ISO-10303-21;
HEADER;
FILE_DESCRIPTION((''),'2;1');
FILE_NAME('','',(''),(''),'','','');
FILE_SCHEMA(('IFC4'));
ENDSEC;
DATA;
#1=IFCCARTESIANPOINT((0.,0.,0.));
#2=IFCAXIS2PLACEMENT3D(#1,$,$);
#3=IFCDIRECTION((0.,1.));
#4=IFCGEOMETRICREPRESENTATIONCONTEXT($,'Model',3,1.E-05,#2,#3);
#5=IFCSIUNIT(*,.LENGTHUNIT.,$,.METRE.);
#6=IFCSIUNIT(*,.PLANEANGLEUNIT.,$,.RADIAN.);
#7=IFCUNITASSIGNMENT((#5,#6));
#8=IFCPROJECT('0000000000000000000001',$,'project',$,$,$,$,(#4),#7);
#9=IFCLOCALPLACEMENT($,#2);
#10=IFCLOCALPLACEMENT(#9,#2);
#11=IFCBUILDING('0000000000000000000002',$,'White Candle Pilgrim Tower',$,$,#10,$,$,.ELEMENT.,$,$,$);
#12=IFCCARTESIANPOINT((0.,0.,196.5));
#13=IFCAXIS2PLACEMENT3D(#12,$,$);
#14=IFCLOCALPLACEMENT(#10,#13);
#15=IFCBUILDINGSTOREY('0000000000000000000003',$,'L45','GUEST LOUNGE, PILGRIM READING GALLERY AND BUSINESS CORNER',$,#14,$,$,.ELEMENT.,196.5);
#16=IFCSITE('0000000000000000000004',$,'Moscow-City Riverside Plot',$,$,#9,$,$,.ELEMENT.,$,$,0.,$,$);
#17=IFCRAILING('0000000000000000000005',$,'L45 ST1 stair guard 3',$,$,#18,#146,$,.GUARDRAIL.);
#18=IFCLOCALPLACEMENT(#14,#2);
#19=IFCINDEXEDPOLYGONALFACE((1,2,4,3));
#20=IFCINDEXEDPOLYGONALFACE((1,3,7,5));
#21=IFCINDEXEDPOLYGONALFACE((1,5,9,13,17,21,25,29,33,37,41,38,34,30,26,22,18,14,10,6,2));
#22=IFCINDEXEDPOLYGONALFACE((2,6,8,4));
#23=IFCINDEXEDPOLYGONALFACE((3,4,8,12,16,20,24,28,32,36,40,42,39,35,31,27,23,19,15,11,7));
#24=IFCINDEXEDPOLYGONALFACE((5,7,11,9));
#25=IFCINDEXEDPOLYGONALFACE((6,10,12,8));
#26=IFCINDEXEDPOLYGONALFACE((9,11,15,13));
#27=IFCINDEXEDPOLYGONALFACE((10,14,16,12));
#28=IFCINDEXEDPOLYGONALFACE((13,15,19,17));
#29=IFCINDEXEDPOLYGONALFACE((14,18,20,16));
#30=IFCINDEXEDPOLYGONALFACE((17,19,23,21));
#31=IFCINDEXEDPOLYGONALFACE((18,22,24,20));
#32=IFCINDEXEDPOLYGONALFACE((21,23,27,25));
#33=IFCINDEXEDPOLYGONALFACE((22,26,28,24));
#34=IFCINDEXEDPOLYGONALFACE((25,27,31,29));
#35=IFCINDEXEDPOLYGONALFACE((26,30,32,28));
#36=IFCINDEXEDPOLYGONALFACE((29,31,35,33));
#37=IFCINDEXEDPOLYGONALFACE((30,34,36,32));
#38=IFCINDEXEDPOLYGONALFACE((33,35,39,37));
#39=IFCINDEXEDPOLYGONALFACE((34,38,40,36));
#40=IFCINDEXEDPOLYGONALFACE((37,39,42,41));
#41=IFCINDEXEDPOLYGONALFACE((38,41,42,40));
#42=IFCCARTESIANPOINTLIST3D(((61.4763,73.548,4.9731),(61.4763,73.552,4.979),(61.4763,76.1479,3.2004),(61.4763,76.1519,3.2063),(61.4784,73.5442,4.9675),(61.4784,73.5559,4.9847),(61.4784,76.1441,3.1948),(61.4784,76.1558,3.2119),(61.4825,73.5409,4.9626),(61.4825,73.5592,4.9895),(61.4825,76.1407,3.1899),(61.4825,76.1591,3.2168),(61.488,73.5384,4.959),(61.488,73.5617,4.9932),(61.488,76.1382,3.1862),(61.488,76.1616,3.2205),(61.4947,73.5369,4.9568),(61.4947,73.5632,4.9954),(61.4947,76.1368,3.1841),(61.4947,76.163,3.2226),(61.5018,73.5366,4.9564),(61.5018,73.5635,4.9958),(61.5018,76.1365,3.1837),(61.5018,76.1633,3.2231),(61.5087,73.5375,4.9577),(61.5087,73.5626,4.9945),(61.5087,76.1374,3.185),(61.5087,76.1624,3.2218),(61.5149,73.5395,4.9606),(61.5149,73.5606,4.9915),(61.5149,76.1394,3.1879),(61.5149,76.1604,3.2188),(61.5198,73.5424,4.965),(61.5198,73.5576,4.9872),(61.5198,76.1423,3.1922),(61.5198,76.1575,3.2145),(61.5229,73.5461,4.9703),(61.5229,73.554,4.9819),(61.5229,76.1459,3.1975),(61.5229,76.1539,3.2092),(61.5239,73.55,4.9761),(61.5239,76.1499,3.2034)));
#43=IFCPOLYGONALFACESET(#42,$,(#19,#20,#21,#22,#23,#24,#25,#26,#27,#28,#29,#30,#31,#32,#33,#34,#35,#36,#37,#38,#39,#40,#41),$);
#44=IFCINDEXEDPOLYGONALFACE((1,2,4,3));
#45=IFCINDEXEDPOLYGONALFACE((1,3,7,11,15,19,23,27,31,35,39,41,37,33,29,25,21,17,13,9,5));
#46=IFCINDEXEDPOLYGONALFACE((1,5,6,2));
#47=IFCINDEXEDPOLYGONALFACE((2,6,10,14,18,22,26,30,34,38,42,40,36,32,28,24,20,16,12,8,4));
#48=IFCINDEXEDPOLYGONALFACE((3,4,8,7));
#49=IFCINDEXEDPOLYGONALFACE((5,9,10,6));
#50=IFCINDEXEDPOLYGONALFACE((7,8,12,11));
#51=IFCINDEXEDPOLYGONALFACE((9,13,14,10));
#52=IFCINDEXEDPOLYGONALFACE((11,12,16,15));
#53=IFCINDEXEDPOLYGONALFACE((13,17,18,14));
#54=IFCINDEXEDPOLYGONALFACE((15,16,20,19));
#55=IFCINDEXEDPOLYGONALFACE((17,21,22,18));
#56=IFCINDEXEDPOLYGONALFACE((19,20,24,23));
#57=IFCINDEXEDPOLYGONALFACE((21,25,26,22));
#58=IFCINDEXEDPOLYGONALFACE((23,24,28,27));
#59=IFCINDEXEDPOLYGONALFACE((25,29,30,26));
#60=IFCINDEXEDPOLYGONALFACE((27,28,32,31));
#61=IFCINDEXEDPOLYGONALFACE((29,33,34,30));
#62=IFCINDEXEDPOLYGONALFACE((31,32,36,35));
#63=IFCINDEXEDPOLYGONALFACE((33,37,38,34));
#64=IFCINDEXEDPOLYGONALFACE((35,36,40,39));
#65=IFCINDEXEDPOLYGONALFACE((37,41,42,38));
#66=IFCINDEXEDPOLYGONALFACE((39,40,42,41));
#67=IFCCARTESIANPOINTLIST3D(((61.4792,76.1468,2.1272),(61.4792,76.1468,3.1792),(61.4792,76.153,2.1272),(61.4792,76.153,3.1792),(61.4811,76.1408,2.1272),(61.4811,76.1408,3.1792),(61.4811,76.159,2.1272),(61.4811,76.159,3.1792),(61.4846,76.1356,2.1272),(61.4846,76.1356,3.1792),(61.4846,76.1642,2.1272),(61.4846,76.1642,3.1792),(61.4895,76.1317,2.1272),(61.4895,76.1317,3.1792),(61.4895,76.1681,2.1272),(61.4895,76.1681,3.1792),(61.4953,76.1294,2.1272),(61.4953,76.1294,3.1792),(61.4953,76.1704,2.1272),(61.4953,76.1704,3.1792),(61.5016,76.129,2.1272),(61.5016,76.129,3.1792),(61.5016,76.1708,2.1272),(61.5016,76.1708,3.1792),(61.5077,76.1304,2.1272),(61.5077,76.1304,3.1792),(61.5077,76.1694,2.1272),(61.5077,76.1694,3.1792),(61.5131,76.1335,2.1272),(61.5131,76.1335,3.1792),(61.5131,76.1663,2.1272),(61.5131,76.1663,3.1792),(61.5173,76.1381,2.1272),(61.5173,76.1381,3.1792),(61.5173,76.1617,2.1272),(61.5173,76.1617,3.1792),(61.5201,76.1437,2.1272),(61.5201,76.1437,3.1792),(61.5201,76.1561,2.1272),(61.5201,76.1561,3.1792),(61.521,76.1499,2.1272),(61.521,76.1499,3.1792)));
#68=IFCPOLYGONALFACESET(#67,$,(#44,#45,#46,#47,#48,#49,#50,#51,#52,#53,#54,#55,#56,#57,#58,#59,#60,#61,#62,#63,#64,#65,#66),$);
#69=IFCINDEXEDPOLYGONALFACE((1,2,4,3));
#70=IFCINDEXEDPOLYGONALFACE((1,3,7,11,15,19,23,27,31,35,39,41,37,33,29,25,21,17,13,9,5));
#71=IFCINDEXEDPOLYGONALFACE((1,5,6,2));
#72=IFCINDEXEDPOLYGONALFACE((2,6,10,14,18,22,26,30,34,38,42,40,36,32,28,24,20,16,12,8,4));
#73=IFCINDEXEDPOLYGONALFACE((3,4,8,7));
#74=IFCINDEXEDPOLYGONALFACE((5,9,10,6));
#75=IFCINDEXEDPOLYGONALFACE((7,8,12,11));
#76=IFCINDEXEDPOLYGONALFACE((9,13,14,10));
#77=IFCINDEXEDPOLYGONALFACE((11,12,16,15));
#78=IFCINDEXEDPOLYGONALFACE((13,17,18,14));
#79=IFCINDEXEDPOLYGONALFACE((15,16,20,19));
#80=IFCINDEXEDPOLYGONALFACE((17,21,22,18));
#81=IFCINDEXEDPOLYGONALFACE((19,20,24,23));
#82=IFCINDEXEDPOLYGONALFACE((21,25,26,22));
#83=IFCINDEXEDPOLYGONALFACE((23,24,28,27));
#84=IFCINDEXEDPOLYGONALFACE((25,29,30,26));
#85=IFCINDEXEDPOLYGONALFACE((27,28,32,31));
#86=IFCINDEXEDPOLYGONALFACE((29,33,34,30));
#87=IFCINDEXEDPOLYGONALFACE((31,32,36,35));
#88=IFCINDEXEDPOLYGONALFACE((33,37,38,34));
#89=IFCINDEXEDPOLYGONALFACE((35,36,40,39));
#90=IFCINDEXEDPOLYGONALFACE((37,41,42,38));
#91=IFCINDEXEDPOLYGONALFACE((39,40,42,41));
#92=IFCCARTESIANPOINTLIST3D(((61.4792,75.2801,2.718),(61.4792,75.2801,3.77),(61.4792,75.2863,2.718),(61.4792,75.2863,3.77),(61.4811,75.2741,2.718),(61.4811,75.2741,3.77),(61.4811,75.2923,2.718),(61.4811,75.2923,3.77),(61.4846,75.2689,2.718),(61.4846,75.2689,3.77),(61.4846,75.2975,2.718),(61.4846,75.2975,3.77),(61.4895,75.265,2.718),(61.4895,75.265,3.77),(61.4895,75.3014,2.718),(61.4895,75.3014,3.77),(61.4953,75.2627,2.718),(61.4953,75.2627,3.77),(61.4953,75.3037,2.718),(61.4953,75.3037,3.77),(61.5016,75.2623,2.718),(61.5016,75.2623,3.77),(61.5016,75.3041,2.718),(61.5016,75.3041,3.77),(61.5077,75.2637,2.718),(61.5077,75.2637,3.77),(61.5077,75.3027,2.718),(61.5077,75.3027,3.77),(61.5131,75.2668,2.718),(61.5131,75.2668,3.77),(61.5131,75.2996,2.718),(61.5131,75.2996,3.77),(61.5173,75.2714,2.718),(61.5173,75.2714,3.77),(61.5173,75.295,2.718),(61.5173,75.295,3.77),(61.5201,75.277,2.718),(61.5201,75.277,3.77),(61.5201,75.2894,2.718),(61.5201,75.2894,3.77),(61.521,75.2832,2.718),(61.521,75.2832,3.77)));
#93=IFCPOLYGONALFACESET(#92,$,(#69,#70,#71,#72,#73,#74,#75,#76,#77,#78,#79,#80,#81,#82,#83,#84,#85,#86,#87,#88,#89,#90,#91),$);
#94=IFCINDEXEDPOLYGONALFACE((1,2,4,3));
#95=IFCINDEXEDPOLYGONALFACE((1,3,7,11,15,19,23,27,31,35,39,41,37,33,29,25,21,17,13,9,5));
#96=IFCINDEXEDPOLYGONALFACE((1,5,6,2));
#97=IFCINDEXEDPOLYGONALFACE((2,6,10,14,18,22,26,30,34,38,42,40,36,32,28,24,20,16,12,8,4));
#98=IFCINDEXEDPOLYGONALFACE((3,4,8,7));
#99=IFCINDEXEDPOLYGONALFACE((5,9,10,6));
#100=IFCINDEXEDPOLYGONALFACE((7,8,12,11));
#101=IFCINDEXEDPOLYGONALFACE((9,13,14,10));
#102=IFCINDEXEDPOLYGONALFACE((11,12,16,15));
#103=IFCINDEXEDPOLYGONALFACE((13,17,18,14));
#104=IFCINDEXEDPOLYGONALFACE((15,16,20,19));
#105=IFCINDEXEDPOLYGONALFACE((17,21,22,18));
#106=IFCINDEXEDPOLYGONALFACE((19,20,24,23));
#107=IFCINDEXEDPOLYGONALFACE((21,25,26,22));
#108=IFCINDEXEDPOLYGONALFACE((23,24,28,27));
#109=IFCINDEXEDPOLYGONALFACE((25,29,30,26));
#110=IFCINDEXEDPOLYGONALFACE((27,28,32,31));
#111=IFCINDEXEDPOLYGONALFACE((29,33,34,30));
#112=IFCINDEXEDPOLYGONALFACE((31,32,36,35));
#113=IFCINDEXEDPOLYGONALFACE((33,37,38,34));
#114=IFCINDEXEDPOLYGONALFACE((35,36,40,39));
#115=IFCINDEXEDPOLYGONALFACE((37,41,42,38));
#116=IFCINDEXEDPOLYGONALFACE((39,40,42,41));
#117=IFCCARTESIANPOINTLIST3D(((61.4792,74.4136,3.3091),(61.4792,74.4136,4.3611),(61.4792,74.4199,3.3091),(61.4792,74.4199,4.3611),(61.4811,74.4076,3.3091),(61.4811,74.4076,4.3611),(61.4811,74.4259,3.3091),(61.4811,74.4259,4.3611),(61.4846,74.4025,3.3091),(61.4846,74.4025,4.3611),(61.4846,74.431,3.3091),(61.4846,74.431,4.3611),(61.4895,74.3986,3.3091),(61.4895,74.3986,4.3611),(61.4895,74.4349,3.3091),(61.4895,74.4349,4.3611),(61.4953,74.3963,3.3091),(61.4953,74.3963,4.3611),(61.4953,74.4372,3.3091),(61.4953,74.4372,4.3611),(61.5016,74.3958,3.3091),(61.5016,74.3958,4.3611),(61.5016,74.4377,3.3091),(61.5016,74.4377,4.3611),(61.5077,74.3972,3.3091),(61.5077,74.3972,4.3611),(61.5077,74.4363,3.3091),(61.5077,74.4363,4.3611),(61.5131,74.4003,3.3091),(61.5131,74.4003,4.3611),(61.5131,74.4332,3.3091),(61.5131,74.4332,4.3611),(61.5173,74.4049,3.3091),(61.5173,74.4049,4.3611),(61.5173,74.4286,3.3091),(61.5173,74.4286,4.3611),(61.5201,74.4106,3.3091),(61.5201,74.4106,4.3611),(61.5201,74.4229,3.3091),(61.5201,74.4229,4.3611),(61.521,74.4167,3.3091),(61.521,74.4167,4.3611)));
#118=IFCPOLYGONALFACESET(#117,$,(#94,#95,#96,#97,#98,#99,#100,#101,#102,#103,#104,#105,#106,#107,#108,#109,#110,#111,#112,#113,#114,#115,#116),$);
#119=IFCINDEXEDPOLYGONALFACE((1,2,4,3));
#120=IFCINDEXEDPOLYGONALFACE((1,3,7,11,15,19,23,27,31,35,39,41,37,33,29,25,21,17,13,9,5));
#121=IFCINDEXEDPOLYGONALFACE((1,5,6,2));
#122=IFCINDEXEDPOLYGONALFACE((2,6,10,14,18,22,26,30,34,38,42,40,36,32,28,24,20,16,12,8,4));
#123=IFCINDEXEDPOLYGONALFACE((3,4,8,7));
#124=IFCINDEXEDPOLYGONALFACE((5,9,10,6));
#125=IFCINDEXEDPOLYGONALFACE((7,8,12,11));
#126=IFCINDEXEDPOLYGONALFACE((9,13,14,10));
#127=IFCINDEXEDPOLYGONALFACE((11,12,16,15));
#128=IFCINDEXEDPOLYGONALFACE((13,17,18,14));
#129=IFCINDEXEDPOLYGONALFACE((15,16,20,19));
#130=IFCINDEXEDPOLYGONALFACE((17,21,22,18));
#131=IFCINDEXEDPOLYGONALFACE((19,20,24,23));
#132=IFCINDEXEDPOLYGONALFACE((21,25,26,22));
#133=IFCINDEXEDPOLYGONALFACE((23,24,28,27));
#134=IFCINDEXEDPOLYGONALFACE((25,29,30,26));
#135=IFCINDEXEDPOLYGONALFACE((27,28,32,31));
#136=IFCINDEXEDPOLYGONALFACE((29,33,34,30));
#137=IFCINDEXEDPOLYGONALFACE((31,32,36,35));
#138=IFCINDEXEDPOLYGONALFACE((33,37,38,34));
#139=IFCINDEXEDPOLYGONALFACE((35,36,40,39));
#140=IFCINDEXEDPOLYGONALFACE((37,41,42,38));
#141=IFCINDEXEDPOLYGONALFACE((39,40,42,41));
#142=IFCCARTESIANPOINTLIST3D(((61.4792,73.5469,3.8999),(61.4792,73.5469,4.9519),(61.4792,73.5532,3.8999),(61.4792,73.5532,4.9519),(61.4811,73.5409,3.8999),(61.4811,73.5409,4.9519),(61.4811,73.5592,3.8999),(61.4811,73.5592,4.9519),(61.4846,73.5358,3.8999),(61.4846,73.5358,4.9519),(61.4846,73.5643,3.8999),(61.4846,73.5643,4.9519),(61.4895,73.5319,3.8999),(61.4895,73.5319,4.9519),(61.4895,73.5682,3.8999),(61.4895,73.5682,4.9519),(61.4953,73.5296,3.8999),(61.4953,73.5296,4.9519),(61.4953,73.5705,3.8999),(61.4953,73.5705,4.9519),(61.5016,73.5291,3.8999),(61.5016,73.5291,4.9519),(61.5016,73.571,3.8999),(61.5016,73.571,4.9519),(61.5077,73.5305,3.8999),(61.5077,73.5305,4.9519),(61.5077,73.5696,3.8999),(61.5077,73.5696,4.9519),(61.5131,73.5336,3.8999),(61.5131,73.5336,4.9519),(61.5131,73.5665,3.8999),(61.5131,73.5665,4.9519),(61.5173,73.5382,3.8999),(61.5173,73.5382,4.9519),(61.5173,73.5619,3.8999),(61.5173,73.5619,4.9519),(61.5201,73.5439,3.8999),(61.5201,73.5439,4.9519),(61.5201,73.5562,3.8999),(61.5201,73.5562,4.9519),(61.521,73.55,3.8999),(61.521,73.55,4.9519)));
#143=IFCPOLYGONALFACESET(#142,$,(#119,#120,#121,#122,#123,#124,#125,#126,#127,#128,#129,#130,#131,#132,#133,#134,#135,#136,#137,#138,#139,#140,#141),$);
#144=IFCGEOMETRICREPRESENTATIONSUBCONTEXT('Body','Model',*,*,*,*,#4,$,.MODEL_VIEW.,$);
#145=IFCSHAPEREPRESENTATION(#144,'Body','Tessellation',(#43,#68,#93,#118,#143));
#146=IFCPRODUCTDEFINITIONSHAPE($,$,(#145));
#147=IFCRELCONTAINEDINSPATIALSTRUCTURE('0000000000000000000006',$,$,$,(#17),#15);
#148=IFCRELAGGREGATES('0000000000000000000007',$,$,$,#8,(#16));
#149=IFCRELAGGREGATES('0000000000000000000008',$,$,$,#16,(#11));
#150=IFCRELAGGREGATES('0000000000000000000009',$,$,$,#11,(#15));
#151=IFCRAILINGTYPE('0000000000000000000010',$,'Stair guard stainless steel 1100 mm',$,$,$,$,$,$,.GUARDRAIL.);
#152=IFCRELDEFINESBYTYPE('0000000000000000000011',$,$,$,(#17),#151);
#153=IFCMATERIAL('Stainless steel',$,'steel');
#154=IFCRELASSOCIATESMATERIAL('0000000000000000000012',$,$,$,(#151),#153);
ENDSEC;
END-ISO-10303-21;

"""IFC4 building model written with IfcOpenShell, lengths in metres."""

from ifc_helpers import new_model, si_unit, direction, frame, origin, origin_2d, place, context, subcontext, project, spatial, circle, extrude, material, type_object, element, save


model = new_model("IFC4")

# Units and contexts
model_context = context("Model", 3, precision=1e-05, world=origin(), true_north=direction((0.0, 1.0)))
body_context = subcontext(model_context, "Body", "Model", "MODEL_VIEW")
ifc_project = project(units=[si_unit("LENGTHUNIT", "METRE"), si_unit("PLANEANGLEUNIT", "RADIAN")], contexts=[model_context])

# Site, building, storey
site_placement = place(None, origin())
site = spatial("IfcSite", under=ifc_project, at=site_placement, Name="Moscow-City Riverside Plot", CompositionType="ELEMENT", RefElevation=0.0)
building_placement = place(site_placement, origin())
building = spatial("IfcBuilding", under=site, at=building_placement, Name="White Candle Pilgrim Tower", CompositionType="ELEMENT")
storey_placement = place(building_placement, frame((0.0, 0.0, 196.5)))
storey = spatial("IfcBuildingStorey", under=building, at=storey_placement, Name="L45", Description="GUEST LOUNGE, PILGRIM READING GALLERY AND BUSINESS CORNER", CompositionType="ELEMENT", Elevation=196.5)

# Shared definitions
ifc_material_1 = material(Name="Stainless steel", Category="steel")

# Railing
railing_type_1 = type_object("IfcRailingType", Name="Stair guard stainless steel 1100 mm", PredefinedType="GUARDRAIL", material=ifc_material_1)
railing_1_placement = place(storey_placement, frame((61.5, 76.1499, 2.1272)))
element("IfcRailing", 1, at=railing_1_placement, inside=storey, type_object=railing_type_1, Name="L45 ST1 stair guard 3", PredefinedType="GUARDRAIL", context=body_context, shape_type="SweptSolid", body=[
    extrude(circle(Radius=0.0239, at=origin_2d()), frame((0.0, 0.0, 1.0762), z_axis=(0.0, -0.826216, 0.563354), x_axis=(1.0, 0.0, 0.0)), (0.0, 0.0, 1.0), 3.1467),
    extrude(circle(Radius=0.021, at=origin_2d()), origin(), (0.0, 0.0, 1.0), 1.052),
    extrude(circle(Radius=0.021, at=origin_2d()), frame((0.0, -0.8667, 0.5908)), (0.0, 0.0, 1.0), 1.052),
    extrude(circle(Radius=0.021, at=origin_2d()), frame((0.0, -1.7332, 1.1819)), (0.0, 0.0, 1.0), 1.052),
    extrude(circle(Radius=0.021, at=origin_2d()), frame((0.0, -2.5999, 1.7727)), (0.0, 0.0, 1.0), 1.052),
])

save(model, "model.ifc")
